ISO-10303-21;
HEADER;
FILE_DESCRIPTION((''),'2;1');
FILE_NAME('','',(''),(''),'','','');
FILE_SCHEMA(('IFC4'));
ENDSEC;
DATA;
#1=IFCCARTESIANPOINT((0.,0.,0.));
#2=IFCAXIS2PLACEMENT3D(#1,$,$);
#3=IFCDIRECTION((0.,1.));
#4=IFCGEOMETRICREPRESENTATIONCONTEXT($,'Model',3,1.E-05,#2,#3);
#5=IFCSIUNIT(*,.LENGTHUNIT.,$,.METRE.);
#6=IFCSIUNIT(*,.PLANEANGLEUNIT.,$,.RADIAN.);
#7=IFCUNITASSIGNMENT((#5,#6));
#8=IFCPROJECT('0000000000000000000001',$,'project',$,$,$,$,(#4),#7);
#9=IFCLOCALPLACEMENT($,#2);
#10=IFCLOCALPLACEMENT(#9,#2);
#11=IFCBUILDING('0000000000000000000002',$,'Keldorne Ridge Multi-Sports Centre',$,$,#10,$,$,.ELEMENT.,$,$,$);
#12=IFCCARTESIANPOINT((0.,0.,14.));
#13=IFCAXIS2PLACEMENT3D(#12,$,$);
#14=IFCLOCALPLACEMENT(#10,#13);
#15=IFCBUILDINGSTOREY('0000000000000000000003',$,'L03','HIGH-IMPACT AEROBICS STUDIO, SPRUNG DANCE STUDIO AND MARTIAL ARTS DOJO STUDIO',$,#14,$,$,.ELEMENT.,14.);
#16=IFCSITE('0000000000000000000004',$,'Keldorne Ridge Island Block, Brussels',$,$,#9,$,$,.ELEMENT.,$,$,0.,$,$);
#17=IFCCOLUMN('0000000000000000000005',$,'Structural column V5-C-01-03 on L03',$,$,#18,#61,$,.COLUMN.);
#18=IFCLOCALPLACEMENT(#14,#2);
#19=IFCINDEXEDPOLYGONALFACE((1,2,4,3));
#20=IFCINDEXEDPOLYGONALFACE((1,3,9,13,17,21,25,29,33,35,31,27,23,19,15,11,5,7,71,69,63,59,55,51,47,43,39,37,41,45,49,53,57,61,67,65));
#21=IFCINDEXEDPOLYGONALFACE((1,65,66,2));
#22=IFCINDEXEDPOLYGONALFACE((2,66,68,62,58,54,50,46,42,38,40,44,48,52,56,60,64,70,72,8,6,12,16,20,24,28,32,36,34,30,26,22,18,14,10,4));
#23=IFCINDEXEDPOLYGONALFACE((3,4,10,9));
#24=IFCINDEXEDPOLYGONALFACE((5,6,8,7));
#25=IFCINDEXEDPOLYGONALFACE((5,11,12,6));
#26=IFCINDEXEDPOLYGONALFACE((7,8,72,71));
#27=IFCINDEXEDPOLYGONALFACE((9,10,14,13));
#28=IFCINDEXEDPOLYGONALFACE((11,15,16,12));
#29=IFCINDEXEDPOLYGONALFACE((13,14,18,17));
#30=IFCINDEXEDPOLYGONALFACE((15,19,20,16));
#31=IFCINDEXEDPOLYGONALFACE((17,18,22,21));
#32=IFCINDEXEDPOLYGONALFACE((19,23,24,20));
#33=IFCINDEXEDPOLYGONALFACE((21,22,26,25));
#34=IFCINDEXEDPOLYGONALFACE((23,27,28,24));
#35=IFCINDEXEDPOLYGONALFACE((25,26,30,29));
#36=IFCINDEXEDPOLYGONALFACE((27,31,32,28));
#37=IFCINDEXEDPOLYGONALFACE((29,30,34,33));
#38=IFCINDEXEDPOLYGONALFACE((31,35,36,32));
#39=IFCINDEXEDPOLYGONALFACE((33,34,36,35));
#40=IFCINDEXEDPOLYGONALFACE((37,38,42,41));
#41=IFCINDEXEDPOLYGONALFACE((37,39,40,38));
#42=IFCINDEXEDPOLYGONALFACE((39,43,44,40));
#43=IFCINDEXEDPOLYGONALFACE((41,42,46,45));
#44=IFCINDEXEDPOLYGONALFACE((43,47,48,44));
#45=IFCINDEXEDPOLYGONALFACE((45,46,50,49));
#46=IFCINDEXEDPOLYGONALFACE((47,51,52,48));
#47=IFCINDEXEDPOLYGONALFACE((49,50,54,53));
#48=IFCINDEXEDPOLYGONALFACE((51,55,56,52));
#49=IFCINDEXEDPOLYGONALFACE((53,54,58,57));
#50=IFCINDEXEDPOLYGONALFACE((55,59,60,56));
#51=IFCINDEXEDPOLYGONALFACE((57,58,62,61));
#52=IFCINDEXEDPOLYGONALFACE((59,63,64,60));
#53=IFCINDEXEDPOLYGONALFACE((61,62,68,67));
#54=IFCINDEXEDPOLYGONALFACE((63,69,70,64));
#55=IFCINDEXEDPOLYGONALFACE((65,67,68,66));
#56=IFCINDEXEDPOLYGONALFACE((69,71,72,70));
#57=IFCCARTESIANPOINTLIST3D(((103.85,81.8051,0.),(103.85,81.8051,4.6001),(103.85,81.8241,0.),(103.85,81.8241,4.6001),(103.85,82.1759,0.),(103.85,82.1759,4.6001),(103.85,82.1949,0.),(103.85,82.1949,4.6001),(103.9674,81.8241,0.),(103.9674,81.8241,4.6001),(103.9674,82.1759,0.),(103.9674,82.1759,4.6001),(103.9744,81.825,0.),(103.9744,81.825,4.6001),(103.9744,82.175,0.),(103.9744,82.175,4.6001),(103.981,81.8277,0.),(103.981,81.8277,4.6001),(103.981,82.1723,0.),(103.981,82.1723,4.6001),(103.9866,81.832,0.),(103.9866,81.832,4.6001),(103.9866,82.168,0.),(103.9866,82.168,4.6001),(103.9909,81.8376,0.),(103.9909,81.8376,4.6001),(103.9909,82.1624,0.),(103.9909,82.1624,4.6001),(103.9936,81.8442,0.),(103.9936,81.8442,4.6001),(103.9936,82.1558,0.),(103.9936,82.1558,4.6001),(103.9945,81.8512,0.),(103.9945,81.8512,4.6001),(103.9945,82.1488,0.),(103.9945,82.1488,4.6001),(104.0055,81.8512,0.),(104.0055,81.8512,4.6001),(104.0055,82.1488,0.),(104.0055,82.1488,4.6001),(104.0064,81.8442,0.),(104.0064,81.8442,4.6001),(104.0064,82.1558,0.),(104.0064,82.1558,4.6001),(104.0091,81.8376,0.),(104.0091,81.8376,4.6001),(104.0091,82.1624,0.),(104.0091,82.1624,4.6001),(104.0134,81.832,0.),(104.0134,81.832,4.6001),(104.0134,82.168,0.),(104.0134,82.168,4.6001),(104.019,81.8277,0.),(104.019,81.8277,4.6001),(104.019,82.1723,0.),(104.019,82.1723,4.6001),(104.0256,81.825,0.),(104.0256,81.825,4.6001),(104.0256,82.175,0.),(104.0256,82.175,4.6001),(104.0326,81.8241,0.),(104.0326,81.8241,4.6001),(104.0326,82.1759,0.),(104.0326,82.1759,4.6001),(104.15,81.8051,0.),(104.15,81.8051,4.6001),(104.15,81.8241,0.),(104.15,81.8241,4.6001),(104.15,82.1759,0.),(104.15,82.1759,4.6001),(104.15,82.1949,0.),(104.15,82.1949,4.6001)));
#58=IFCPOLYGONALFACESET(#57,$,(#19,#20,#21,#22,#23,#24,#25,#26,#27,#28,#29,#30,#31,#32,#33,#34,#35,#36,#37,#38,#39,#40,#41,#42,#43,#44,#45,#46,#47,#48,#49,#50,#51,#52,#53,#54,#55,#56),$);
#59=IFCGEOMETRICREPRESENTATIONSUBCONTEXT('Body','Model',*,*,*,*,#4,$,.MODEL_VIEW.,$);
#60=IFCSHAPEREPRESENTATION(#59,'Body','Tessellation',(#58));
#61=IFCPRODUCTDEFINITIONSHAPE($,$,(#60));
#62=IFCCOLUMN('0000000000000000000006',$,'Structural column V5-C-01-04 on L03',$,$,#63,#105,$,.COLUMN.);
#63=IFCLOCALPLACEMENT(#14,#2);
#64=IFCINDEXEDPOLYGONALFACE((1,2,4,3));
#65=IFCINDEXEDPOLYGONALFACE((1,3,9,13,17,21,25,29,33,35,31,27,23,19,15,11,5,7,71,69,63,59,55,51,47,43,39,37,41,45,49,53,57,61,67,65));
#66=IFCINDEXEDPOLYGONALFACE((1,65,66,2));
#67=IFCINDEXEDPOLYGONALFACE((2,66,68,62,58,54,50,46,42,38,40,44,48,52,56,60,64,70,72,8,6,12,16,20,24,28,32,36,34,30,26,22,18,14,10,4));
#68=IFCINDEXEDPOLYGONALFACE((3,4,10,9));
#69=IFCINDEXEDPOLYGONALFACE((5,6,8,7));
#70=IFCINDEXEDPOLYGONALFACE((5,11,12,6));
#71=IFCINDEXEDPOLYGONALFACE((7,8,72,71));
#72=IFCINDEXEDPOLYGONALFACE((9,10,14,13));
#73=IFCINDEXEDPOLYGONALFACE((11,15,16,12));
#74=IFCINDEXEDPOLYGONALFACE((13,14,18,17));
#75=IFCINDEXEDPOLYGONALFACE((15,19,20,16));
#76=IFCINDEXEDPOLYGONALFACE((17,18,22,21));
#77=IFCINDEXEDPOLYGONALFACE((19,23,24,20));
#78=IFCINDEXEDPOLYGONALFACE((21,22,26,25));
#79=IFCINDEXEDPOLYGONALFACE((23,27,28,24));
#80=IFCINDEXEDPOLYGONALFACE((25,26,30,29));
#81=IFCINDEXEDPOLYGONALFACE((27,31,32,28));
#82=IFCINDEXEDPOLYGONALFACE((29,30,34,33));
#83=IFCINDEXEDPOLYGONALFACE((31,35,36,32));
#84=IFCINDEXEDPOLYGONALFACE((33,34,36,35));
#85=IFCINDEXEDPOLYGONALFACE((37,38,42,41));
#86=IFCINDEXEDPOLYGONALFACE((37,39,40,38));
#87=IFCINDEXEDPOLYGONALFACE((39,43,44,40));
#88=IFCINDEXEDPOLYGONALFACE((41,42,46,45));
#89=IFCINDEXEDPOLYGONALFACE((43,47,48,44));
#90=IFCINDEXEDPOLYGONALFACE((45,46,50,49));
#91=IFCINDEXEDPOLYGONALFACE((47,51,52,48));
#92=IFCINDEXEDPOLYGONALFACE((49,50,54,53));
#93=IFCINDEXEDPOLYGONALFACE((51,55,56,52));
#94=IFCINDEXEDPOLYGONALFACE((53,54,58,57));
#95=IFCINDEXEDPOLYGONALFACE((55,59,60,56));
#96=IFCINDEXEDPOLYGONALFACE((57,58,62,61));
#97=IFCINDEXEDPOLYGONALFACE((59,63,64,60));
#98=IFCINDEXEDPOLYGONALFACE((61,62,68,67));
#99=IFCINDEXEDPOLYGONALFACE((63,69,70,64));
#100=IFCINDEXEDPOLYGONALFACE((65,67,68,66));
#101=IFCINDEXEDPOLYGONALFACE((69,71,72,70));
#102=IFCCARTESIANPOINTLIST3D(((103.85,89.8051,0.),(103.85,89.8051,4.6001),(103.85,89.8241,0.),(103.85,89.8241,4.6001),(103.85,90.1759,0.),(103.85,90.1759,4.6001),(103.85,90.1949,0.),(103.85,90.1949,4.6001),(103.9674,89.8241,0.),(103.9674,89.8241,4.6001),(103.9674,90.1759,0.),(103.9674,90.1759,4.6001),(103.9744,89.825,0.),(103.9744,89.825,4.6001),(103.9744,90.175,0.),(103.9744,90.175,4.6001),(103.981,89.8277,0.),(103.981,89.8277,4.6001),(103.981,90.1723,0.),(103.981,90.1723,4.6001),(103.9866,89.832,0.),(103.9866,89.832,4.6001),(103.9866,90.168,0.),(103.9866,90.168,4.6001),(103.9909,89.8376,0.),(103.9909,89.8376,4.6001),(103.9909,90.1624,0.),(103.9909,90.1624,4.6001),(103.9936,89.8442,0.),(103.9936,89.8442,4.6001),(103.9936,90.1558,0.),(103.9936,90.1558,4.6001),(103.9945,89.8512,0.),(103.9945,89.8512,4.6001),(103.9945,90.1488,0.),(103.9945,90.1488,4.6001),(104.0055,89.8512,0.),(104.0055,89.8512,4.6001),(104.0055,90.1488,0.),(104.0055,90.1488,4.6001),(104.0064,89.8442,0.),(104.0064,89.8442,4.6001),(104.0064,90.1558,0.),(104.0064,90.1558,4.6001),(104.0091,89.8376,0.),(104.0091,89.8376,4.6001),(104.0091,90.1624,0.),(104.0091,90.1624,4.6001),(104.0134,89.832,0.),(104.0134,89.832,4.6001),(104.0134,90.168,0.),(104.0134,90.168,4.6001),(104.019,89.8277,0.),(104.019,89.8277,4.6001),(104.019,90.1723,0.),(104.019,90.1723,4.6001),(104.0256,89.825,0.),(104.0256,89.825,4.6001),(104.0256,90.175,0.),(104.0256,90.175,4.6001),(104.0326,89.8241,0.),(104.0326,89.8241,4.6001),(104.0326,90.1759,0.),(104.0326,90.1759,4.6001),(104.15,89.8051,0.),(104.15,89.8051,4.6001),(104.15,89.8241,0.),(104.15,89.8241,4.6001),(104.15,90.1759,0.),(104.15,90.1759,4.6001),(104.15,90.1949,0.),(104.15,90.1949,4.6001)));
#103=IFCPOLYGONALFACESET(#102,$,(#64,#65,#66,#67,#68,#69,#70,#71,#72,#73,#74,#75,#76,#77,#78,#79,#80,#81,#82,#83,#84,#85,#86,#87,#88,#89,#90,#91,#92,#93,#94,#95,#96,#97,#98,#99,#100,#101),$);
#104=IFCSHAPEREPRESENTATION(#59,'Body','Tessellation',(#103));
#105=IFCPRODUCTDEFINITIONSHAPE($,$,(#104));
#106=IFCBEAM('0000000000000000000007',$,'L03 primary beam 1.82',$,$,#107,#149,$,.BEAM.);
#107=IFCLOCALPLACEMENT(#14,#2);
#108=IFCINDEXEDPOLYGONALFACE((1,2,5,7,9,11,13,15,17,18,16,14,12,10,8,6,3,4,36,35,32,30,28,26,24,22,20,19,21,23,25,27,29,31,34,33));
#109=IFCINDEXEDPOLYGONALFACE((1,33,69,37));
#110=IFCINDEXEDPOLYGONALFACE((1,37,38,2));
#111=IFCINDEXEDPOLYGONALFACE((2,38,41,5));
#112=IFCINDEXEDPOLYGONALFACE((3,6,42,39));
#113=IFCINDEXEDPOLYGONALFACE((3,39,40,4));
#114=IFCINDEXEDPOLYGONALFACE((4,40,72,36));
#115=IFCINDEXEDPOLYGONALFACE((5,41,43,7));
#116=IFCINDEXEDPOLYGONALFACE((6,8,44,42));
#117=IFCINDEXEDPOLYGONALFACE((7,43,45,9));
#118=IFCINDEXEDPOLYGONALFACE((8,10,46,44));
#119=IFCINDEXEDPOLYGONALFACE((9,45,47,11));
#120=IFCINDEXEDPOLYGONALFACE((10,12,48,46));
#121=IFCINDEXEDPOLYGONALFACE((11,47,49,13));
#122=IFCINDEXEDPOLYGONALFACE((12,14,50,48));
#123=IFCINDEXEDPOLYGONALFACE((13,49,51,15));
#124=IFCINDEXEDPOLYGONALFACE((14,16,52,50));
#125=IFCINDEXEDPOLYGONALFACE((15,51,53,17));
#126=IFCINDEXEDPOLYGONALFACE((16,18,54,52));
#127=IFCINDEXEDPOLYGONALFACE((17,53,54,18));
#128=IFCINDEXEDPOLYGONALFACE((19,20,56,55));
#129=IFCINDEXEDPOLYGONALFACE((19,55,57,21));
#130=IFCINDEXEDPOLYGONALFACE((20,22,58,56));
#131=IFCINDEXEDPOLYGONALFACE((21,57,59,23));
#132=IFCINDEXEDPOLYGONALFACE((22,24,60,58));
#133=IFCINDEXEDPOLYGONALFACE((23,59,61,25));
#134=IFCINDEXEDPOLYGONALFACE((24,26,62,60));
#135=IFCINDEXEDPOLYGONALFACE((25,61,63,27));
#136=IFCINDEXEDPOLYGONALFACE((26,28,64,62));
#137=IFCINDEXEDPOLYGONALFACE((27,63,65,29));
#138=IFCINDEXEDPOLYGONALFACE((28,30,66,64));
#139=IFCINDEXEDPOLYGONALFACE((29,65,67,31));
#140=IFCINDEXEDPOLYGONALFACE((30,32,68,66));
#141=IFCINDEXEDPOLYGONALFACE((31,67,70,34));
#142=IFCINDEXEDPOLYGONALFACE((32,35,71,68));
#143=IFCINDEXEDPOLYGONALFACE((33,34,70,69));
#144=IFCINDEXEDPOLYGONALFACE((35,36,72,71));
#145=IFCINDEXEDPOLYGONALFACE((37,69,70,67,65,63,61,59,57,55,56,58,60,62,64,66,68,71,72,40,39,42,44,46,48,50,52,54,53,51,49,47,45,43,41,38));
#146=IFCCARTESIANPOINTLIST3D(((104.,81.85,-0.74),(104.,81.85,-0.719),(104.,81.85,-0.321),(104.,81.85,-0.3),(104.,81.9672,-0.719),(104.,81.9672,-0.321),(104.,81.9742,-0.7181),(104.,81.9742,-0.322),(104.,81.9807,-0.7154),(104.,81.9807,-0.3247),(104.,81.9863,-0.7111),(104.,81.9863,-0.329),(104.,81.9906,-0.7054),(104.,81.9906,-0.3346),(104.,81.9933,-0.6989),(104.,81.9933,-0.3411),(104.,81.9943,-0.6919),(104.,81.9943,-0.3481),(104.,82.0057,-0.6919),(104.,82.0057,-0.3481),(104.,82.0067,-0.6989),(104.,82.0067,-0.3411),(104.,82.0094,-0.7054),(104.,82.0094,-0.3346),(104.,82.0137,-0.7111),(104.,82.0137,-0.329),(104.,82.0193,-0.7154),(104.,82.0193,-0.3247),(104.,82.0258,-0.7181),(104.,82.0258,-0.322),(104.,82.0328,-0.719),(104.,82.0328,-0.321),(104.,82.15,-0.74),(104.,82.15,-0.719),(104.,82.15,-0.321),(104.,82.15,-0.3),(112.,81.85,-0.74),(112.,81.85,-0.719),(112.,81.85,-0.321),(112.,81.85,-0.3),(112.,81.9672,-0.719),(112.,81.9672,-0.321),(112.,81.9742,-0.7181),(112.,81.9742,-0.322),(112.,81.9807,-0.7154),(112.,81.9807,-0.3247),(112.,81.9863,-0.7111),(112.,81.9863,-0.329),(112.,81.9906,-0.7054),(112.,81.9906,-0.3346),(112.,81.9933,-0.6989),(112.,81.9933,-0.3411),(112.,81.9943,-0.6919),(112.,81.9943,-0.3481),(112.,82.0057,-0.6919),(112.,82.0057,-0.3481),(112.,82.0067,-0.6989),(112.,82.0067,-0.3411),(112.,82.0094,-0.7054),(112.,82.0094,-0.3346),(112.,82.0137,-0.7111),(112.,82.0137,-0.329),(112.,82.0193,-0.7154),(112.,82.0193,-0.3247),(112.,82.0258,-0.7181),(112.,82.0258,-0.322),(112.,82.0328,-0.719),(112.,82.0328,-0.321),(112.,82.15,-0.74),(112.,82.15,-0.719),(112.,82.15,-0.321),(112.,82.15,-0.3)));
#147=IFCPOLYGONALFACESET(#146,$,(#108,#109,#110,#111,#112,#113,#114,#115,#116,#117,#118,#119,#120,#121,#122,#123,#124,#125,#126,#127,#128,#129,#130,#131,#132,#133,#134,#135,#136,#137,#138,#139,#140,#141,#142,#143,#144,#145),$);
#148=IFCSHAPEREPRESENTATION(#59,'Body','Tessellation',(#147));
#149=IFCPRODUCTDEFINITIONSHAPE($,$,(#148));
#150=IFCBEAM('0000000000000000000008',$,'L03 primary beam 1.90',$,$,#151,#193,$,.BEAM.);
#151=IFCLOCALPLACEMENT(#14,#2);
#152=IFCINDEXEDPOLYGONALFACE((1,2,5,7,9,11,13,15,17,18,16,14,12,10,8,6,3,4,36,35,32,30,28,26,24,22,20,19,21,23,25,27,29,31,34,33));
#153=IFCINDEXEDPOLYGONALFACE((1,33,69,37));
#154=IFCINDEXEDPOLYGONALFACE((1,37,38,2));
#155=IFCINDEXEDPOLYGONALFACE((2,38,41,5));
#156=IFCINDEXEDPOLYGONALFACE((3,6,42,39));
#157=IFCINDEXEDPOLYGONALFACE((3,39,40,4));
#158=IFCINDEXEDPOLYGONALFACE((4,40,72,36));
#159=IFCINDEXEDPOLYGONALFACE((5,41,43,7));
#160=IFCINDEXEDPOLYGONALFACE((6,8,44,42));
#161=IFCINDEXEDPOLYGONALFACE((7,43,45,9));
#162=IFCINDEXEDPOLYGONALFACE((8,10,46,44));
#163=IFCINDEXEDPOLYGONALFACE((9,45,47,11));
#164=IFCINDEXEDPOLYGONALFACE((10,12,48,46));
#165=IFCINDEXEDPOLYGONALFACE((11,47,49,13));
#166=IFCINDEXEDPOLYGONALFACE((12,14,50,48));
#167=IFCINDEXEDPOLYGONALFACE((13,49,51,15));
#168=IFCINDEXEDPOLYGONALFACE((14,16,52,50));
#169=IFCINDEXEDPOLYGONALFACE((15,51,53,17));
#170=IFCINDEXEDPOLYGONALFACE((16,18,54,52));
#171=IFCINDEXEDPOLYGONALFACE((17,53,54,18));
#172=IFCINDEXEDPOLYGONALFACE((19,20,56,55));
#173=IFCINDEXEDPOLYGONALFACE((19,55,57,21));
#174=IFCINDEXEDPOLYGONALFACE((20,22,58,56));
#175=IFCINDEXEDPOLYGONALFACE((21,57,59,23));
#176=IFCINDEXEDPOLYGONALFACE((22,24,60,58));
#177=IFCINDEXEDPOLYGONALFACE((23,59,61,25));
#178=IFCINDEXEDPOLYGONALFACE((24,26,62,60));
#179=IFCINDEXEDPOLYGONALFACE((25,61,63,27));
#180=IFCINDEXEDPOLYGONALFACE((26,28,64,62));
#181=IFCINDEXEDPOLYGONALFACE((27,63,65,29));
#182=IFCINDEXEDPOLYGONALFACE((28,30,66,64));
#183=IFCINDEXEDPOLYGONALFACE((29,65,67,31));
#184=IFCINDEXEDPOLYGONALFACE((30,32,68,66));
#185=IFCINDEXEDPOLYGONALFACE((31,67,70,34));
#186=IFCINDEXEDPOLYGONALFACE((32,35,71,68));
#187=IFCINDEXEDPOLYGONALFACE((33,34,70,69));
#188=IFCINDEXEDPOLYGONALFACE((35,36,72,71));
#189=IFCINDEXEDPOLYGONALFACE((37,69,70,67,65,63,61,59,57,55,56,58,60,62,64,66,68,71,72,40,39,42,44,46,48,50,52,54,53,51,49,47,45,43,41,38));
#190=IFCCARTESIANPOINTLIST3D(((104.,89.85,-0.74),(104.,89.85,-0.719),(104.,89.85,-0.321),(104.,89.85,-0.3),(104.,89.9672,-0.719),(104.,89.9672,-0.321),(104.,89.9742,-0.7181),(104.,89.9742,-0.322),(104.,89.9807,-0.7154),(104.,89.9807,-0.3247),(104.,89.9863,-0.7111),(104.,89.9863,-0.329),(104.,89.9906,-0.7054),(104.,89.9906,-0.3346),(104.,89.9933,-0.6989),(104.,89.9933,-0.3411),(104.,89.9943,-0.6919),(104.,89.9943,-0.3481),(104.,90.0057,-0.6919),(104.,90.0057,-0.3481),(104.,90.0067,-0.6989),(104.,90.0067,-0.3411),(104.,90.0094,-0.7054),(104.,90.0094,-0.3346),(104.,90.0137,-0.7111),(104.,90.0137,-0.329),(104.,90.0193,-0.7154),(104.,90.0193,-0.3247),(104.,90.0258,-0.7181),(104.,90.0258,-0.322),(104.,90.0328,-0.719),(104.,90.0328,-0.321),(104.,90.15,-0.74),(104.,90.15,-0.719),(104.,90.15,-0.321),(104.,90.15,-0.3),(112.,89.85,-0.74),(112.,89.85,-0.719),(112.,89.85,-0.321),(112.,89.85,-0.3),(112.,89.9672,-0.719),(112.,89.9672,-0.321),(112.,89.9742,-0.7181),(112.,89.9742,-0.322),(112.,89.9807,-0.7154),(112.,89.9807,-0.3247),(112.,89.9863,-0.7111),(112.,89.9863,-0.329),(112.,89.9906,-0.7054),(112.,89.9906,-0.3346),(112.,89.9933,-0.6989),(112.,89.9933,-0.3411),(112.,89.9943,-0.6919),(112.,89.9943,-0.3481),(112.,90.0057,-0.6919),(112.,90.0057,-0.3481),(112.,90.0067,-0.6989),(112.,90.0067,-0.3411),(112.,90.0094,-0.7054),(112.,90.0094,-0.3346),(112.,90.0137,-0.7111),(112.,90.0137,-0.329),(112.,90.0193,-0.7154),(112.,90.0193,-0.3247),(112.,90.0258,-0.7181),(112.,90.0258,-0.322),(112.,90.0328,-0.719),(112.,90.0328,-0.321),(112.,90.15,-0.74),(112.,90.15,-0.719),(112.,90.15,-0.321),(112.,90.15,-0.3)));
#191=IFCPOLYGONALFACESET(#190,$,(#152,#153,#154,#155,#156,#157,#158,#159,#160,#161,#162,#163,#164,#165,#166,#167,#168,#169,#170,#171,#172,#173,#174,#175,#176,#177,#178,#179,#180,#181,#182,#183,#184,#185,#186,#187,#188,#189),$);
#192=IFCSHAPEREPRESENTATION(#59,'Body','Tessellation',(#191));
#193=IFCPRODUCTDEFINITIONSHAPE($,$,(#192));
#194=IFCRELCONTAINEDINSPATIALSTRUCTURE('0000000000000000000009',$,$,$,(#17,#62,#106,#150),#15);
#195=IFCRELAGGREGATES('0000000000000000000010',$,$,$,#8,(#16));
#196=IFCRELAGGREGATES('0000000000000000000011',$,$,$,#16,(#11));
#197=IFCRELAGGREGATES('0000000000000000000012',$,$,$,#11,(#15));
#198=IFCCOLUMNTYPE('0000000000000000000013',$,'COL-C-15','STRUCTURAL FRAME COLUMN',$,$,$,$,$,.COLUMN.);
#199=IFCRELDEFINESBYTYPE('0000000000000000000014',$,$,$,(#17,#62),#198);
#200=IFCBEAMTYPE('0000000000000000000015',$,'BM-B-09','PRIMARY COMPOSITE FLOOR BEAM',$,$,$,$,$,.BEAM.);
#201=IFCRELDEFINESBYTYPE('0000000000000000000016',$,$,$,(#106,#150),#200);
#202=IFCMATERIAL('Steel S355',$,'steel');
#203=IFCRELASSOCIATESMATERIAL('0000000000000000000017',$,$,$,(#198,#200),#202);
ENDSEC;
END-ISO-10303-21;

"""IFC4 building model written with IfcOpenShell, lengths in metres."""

from ifc_helpers import new_model, si_unit, direction, frame, origin, origin_2d, place, context, subcontext, project, spatial, i_section, extrude, material, material_profile, profile_set, type_object, element, save


model = new_model("IFC4")

# Units and contexts
model_context = context("Model", 3, precision=1e-05, world=origin(), true_north=direction((0.0, 1.0)))
body_context = subcontext(model_context, "Body", "Model", "MODEL_VIEW")
ifc_project = project(units=[si_unit("LENGTHUNIT", "METRE"), si_unit("PLANEANGLEUNIT", "RADIAN")], contexts=[model_context])

# Site, building, storey
site_placement = place(None, origin())
site = spatial("IfcSite", under=ifc_project, at=site_placement, Name="Keldorne Ridge Island Block, Brussels", CompositionType="ELEMENT", RefElevation=0.0)
building_placement = place(site_placement, origin())
building = spatial("IfcBuilding", under=site, at=building_placement, Name="Keldorne Ridge Multi-Sports Centre", CompositionType="ELEMENT")
storey_placement = place(building_placement, frame((0.0, 0.0, 14.0)))
storey = spatial("IfcBuildingStorey", under=building, at=storey_placement, Name="L03", Description="HIGH-IMPACT AEROBICS STUDIO, SPRUNG DANCE STUDIO AND MARTIAL ARTS DOJO STUDIO", CompositionType="ELEMENT", Elevation=14.0)

# Columns
ifc_material_1 = material(Name="Steel S355", Category="steel")
ifc_material_profile_1 = material_profile(ifc_material_1, i_section(OverallWidth=0.3, OverallDepth=0.3899, WebThickness=0.011, FlangeThickness=0.019, FilletRadius=0.0271, at=origin_2d()), Name="HEA 400")
ifc_profile_set_1 = profile_set([ifc_material_profile_1], Name="Steel S355")
column_type = type_object("IfcColumnType", Name="COL-C-15", Description="STRUCTURAL FRAME COLUMN", PredefinedType="COLUMN", material=ifc_profile_set_1)
for number, where, z_axis, x_axis, name in (
    (1, (104.0, 82.0, 0.0), (0.0, 0.0, 1.0), (1.0, 0.0, 0.0), "Structural column V5-C-01-03 on L03"),
    (2, (104.0, 90.0, 0.0), (0.0, 0.0, 1.0), (1.0, 0.0, 0.0), "Structural column V5-C-01-04 on L03"),
):
    element("IfcColumn", number, at=place(storey_placement, frame(where, z_axis=z_axis, x_axis=x_axis)), inside=storey, type_object=column_type, Name=name, PredefinedType="COLUMN", context=body_context, shape_type="SweptSolid", body=[
        extrude(i_section(OverallWidth=0.3, OverallDepth=0.3899, WebThickness=0.011, FlangeThickness=0.019, FilletRadius=0.0271, at=origin_2d()), origin(), (0.0, 0.0, 1.0), 4.6001),
    ])

# Beams
ifc_material_profile_2 = material_profile(ifc_material_1, i_section(OverallWidth=0.3, OverallDepth=0.4399, WebThickness=0.0115, FlangeThickness=0.021, FilletRadius=0.0271, at=origin_2d()), Name="HEA 450")
ifc_profile_set_2 = profile_set([ifc_material_profile_2], Name="Steel S355")
beam_type_1 = type_object("IfcBeamType", Name="BM-B-09", Description="PRIMARY COMPOSITE FLOOR BEAM", PredefinedType="BEAM", material=ifc_profile_set_2)
for number, where, z_axis, x_axis, name in (
    (3, (104.0, 82.0, -0.52), (1.0, 0.0, 0.0), (0.0, 1.0, 0.0), "L03 primary beam 1.82"),
    (4, (104.0, 90.0, -0.52), (1.0, 0.0, 0.0), (0.0, 1.0, 0.0), "L03 primary beam 1.90"),
):
    element("IfcBeam", number, at=place(storey_placement, frame(where, z_axis=z_axis, x_axis=x_axis)), inside=storey, type_object=beam_type_1, Name=name, PredefinedType="BEAM", context=body_context, shape_type="SweptSolid", body=[
        extrude(i_section(OverallWidth=0.3, OverallDepth=0.4399, WebThickness=0.0115, FlangeThickness=0.021, FilletRadius=0.0271, at=origin_2d()), origin(), (0.0, 0.0, 1.0), 8.0),
    ])

save(model, "model.ifc")
